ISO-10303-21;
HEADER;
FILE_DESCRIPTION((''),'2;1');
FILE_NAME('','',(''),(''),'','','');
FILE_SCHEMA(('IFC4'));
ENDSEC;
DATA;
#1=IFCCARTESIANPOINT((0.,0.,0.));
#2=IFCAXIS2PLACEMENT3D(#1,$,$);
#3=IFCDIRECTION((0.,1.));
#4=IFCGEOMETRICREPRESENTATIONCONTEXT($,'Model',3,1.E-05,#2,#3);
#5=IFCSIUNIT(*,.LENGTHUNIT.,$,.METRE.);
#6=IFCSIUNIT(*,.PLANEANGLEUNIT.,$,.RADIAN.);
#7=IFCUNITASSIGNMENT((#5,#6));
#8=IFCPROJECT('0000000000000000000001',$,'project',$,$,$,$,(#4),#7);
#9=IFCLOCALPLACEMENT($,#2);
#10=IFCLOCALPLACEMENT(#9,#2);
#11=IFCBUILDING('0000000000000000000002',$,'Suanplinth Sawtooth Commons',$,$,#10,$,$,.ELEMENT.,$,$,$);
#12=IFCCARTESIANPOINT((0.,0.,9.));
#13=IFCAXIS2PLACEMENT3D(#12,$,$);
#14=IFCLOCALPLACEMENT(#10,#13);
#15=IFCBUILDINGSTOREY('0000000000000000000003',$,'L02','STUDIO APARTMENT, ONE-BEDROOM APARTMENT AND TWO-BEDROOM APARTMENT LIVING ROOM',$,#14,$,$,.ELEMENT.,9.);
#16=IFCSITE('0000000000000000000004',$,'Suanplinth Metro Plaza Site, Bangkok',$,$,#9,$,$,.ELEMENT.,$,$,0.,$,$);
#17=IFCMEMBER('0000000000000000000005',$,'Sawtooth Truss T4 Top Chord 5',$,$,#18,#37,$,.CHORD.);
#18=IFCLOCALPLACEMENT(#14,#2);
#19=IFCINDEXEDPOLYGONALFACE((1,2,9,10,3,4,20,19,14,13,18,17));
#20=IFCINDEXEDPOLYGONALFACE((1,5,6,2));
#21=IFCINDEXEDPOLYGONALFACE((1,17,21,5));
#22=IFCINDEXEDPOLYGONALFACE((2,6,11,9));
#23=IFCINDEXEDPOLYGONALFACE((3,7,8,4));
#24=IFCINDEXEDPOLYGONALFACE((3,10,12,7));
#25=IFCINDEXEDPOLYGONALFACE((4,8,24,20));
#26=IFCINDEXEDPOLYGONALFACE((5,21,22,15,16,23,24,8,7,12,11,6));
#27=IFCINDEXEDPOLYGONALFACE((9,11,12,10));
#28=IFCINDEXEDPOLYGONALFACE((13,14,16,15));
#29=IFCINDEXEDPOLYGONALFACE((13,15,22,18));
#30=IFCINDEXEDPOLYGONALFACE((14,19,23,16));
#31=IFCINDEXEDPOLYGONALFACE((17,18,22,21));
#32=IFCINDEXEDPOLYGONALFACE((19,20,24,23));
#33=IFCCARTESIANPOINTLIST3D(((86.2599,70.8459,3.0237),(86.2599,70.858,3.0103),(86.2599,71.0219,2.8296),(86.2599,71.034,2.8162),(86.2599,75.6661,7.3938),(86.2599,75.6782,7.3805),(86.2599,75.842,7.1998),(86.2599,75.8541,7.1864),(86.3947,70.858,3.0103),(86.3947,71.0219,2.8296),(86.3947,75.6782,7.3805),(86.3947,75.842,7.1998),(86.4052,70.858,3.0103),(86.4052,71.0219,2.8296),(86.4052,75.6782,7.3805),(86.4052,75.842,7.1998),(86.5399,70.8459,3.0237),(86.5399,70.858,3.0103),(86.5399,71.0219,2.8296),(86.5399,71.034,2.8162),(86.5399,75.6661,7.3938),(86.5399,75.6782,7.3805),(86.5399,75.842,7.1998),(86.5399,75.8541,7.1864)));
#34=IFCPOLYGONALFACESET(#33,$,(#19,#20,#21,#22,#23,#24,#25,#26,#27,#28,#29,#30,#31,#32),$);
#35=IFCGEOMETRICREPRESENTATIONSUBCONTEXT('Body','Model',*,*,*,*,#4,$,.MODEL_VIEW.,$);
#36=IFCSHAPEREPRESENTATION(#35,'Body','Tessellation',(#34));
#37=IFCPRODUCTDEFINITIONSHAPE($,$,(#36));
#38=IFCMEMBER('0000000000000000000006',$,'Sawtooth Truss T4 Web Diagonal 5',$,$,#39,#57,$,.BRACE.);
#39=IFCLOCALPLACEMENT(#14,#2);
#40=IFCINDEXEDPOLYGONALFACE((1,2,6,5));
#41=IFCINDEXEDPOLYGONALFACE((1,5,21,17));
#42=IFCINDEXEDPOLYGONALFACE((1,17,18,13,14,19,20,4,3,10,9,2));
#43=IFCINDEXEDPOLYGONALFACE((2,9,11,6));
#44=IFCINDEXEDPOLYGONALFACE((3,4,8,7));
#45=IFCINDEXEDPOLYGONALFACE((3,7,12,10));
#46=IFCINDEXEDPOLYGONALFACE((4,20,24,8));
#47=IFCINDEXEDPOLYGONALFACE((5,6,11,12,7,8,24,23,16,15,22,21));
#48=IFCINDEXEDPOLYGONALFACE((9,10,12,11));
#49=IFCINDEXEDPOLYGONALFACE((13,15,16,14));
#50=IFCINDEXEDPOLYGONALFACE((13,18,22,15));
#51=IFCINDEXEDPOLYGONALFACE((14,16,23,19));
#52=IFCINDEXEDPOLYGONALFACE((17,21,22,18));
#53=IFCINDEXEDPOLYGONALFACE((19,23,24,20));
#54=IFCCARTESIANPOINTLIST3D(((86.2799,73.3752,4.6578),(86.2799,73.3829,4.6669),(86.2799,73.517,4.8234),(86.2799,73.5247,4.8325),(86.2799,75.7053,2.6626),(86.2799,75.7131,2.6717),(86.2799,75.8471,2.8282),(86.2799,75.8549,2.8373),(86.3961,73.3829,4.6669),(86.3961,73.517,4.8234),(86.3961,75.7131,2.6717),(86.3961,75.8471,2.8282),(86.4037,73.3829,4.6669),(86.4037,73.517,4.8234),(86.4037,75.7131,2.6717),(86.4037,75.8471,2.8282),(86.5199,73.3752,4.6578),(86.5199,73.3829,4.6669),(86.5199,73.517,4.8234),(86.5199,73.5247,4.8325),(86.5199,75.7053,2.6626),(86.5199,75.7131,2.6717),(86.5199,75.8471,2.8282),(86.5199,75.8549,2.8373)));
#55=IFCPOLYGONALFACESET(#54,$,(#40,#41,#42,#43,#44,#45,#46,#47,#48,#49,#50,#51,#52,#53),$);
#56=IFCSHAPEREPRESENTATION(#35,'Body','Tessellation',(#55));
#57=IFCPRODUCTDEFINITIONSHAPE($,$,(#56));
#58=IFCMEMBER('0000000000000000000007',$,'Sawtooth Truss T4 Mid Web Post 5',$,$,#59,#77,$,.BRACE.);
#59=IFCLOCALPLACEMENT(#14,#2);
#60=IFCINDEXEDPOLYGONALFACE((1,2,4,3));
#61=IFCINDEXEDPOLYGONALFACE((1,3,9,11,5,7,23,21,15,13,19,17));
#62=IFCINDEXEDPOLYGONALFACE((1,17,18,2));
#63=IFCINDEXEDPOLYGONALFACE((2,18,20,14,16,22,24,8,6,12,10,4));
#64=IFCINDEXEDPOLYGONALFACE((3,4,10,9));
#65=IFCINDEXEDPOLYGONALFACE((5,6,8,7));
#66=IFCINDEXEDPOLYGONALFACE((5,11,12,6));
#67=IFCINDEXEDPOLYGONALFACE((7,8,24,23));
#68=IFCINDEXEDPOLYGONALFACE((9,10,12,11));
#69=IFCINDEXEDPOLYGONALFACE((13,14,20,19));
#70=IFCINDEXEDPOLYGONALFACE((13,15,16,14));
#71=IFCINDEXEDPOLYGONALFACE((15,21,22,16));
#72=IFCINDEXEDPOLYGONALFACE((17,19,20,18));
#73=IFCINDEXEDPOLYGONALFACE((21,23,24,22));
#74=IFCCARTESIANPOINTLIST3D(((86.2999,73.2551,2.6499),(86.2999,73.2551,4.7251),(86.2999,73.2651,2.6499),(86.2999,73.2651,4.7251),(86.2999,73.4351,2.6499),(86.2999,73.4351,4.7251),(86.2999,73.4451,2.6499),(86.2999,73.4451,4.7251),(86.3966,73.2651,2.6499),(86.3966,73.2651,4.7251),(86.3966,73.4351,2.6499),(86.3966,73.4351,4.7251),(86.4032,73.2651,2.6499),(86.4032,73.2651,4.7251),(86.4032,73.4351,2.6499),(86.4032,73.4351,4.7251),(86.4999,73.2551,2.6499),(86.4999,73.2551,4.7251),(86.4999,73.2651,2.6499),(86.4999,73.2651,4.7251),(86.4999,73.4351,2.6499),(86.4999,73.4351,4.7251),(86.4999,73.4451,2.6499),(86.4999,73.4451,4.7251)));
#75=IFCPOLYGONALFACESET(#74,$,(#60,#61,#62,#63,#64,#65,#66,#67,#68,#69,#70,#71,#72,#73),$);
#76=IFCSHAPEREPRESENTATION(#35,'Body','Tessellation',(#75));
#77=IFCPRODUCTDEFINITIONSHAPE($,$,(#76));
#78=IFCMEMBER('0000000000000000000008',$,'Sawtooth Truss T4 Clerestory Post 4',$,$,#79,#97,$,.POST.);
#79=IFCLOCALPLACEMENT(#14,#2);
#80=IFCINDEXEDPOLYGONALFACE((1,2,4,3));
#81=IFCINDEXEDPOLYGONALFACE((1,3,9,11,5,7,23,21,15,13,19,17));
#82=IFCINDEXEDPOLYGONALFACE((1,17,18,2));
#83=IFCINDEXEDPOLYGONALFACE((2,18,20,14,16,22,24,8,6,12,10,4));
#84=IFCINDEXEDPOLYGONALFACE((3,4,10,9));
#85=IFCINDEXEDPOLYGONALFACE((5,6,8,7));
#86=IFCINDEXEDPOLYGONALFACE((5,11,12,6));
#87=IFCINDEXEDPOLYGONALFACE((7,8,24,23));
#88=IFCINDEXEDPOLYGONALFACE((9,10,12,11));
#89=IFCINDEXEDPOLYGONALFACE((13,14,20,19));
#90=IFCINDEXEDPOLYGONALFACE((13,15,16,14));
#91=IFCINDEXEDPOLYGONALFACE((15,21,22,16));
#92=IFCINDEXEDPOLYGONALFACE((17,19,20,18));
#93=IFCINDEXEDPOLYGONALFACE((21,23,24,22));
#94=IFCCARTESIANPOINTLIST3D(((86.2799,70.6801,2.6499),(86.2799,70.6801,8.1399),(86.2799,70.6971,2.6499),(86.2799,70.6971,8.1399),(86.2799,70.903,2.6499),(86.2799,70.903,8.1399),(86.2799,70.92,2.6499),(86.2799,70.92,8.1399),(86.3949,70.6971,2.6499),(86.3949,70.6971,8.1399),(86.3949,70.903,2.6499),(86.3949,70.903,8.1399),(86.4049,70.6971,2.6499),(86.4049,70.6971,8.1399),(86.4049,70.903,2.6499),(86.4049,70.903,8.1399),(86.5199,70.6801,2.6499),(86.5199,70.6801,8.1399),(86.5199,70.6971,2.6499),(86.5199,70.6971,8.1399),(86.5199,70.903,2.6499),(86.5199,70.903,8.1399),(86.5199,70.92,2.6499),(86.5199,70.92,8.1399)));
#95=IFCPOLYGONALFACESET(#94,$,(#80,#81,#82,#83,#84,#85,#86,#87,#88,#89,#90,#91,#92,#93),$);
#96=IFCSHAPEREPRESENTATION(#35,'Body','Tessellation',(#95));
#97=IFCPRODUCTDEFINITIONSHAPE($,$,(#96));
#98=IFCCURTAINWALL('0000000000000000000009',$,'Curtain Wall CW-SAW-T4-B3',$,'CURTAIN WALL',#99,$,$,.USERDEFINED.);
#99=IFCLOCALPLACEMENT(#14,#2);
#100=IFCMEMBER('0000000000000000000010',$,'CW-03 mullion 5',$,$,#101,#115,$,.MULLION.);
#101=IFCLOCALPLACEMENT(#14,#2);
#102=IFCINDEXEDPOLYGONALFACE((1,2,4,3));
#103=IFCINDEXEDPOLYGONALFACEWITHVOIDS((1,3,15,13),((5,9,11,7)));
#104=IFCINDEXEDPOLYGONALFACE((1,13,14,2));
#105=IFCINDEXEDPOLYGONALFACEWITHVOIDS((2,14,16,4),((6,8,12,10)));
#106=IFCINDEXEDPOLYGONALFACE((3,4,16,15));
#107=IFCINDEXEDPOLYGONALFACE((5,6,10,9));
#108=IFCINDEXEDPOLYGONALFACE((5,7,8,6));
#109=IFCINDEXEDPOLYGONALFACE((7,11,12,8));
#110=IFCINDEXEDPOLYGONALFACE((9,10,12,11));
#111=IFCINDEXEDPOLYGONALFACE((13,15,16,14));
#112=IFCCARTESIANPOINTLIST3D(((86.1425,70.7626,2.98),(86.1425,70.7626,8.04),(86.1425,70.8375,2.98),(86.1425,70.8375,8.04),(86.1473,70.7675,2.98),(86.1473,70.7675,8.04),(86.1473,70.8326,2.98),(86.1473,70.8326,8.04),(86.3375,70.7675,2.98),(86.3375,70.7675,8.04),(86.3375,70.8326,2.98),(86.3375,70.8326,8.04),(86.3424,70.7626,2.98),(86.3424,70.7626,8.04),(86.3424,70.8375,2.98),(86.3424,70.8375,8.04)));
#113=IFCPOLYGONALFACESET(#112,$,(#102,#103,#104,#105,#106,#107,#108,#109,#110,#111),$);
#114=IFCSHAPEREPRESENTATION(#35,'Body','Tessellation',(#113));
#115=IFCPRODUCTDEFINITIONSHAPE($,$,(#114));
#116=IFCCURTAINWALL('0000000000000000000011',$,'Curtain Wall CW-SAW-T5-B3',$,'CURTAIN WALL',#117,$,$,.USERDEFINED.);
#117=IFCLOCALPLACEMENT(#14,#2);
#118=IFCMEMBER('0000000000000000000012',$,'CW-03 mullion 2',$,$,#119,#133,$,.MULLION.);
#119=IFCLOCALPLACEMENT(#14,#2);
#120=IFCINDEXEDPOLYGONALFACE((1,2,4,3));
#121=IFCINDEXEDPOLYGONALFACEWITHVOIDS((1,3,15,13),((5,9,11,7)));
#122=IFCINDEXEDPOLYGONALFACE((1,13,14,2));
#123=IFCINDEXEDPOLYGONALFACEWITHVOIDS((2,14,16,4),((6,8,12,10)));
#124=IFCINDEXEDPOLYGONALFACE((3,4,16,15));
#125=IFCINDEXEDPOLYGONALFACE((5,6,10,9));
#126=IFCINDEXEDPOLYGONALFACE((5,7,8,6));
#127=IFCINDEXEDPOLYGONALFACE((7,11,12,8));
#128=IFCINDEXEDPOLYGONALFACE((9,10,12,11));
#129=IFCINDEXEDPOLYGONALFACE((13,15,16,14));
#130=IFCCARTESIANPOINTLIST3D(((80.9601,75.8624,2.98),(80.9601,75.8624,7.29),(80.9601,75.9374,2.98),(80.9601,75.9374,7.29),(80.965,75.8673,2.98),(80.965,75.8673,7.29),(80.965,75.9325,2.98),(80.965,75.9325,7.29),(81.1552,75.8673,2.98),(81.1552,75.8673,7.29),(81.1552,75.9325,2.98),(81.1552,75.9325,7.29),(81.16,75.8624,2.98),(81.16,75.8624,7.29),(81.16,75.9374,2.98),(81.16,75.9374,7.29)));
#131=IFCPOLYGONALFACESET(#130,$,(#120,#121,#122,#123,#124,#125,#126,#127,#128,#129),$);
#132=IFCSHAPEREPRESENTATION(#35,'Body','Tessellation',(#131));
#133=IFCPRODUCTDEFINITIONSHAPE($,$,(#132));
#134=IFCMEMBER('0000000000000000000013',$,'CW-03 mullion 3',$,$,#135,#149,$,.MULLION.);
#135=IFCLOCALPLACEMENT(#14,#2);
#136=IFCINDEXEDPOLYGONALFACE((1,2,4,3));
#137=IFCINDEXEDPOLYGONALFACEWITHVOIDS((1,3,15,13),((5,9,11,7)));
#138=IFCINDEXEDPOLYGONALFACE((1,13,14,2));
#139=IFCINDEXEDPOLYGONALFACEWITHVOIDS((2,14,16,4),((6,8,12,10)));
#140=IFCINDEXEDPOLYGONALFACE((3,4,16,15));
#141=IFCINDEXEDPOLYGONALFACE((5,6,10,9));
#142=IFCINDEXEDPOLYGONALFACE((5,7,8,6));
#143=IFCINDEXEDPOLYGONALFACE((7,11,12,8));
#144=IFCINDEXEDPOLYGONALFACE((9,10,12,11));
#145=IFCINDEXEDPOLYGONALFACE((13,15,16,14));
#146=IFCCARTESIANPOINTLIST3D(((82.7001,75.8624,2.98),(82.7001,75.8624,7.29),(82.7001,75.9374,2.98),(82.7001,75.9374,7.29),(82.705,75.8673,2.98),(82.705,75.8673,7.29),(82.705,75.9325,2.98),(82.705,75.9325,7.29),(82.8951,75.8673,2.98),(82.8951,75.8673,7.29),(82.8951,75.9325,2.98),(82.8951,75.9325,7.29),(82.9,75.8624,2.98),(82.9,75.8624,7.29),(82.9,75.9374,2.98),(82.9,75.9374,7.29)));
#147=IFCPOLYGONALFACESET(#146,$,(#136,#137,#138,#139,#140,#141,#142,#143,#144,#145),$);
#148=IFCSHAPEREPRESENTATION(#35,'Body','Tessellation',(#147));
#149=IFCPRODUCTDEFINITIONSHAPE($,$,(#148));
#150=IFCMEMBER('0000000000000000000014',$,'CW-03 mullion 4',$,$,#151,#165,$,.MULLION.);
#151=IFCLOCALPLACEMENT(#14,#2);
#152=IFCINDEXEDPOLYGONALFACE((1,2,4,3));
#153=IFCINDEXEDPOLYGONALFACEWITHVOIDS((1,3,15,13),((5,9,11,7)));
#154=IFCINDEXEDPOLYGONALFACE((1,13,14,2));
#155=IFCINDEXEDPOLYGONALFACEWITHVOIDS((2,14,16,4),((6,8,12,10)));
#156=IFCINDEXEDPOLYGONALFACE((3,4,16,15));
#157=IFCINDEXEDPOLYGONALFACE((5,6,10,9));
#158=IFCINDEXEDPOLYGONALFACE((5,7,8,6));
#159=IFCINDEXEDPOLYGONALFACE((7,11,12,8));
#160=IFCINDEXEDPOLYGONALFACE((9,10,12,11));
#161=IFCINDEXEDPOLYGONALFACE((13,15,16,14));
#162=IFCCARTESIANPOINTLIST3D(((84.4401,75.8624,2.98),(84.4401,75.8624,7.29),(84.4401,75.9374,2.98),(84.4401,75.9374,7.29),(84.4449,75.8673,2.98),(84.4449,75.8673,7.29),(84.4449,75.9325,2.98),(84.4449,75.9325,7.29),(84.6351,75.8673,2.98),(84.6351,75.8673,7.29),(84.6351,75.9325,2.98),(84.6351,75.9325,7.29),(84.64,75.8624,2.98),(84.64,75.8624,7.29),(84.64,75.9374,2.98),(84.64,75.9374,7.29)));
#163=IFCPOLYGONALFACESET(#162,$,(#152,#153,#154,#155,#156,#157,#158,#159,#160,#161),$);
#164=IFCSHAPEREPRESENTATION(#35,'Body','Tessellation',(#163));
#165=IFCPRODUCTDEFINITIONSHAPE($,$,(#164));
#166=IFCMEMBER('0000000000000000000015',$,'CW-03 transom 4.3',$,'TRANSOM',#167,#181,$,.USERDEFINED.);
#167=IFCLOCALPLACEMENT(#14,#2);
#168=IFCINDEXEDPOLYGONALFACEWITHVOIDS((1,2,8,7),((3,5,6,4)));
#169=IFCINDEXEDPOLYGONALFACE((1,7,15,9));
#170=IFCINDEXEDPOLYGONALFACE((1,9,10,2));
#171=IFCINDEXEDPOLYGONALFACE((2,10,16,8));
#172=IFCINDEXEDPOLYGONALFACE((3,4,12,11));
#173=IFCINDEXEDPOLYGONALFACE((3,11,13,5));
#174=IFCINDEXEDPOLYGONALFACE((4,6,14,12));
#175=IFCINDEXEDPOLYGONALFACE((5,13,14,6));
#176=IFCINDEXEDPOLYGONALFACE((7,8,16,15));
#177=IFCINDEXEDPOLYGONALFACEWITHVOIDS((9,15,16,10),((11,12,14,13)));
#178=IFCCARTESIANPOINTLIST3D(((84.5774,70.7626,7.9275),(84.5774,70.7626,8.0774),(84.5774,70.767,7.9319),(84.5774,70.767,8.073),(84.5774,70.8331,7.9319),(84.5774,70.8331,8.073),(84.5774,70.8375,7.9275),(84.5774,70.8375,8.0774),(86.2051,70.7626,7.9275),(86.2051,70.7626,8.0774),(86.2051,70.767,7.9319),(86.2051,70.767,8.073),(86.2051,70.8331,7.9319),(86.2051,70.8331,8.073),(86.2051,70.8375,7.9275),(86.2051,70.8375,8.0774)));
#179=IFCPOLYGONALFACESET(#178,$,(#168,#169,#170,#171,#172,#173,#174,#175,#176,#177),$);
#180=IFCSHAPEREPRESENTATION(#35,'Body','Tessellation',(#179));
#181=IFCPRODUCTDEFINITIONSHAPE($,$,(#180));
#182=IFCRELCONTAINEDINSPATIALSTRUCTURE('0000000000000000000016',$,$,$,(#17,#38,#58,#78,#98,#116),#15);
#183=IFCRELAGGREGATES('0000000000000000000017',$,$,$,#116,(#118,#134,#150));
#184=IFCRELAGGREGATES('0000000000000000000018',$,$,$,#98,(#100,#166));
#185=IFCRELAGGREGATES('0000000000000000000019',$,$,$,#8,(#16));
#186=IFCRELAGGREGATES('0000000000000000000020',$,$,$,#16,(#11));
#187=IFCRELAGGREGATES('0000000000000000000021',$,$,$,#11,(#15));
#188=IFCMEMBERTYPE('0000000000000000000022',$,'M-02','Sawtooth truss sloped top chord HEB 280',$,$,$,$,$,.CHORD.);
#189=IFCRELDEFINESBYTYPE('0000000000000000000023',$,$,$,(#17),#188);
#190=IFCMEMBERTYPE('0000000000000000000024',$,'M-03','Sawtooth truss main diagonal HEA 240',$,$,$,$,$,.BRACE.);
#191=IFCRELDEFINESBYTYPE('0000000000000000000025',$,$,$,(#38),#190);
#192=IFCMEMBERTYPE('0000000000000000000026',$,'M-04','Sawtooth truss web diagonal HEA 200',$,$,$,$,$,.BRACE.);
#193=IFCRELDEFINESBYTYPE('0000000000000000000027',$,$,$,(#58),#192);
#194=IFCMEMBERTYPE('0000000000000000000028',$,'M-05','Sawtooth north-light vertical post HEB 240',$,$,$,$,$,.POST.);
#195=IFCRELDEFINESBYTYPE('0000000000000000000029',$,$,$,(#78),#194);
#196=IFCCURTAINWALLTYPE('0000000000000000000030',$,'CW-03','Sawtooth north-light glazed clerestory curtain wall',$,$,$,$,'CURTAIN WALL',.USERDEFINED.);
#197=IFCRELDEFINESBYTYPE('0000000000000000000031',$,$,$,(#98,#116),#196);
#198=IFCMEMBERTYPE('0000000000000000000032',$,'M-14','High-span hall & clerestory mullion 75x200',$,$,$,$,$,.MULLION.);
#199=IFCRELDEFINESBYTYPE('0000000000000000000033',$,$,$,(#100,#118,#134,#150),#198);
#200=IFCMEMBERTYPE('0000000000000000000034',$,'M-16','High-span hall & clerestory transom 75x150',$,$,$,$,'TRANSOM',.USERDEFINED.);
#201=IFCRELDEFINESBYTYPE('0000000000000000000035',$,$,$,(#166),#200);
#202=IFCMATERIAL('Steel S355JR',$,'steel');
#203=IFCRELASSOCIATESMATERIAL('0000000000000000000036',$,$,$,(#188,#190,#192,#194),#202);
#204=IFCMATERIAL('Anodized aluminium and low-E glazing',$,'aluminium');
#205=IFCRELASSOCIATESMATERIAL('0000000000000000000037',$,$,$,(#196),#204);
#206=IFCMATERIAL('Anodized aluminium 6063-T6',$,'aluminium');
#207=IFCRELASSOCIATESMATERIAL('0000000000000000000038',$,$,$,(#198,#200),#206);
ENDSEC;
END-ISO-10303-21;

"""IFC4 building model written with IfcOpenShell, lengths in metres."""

from ifc_helpers import new_model, si_unit, direction, frame, origin, origin_2d, place, context, subcontext, project, spatial, hollow_rectangle, i_section, extrude, material, material_profile, profile_set, type_object, element, aggregate, save


model = new_model("IFC4")

# Units and contexts
model_context = context("Model", 3, precision=1e-05, world=origin(), true_north=direction((0.0, 1.0)))
body_context = subcontext(model_context, "Body", "Model", "MODEL_VIEW")
ifc_project = project(units=[si_unit("LENGTHUNIT", "METRE"), si_unit("PLANEANGLEUNIT", "RADIAN")], contexts=[model_context])

# Site, building, storey
site_placement = place(None, origin())
site = spatial("IfcSite", under=ifc_project, at=site_placement, Name="Suanplinth Metro Plaza Site, Bangkok", CompositionType="ELEMENT", RefElevation=0.0)
building_placement = place(site_placement, origin())
building = spatial("IfcBuilding", under=site, at=building_placement, Name="Suanplinth Sawtooth Commons", CompositionType="ELEMENT")
storey_placement = place(building_placement, frame((0.0, 0.0, 9.0)))
storey = spatial("IfcBuildingStorey", under=building, at=storey_placement, Name="L02", Description="STUDIO APARTMENT, ONE-BEDROOM APARTMENT AND TWO-BEDROOM APARTMENT LIVING ROOM", CompositionType="ELEMENT", Elevation=9.0)

# Members
ifc_material_1 = material(Name="Steel S355JR", Category="steel")
ifc_material_profile_1 = material_profile(ifc_material_1, i_section(OverallWidth=0.28, OverallDepth=0.28, WebThickness=0.0105, FlangeThickness=0.0181, at=origin_2d()), Name="HEB 280")
ifc_profile_set_1 = profile_set([ifc_material_profile_1], Name="Steel S355JR")
member_type_1 = type_object("IfcMemberType", Name="M-02", Description="Sawtooth truss sloped top chord HEB 280", PredefinedType="CHORD", material=ifc_profile_set_1)
member_1_placement = place(storey_placement, frame((86.3999, 70.9399, 2.9199), z_axis=(0.0, 0.740839, 0.671682), x_axis=(-1.0, 0.0, 0.0)))
element("IfcMember", 1, at=member_1_placement, inside=storey, type_object=member_type_1, Name="Sawtooth Truss T4 Top Chord 5", PredefinedType="CHORD", context=body_context, shape_type="SweptSolid", body=[
    extrude(i_section(OverallWidth=0.28, OverallDepth=0.28, WebThickness=0.0105, FlangeThickness=0.0181, at=origin_2d()), origin(), (0.0, 0.0, 1.0), 6.5063),
])
ifc_material_profile_2 = material_profile(ifc_material_1, i_section(OverallWidth=0.24, OverallDepth=0.23, WebThickness=0.0076, FlangeThickness=0.012, at=origin_2d()), Name="HEA 240")
ifc_profile_set_2 = profile_set([ifc_material_profile_2], Name="Steel S355JR")
member_type_2 = type_object("IfcMemberType", Name="M-03", Description="Sawtooth truss main diagonal HEA 240", PredefinedType="BRACE", material=ifc_profile_set_2)
member_2_placement = place(storey_placement, frame((86.3999, 73.45, 4.7451), z_axis=(0.0, 0.759594, -0.650398), x_axis=(-1.0, 0.0, 0.0)))
element("IfcMember", 2, at=member_2_placement, inside=storey, type_object=member_type_2, Name="Sawtooth Truss T4 Web Diagonal 5", PredefinedType="BRACE", context=body_context, shape_type="SweptSolid", body=[
    extrude(i_section(OverallWidth=0.24, OverallDepth=0.23, WebThickness=0.0076, FlangeThickness=0.012, at=origin_2d()), origin(), (0.0, 0.0, 1.0), 3.0676),
])
ifc_material_profile_3 = material_profile(ifc_material_1, i_section(OverallWidth=0.2, OverallDepth=0.1899, WebThickness=0.0066, FlangeThickness=0.01, at=origin_2d()), Name="HEA 200")
ifc_profile_set_3 = profile_set([ifc_material_profile_3], Name="Steel S355JR")
member_type_3 = type_object("IfcMemberType", Name="M-04", Description="Sawtooth truss web diagonal HEA 200", PredefinedType="BRACE", material=ifc_profile_set_3)
member_3_placement = place(storey_placement, frame((86.3999, 73.3501, 2.6499), z_axis=(0.0, 0.0, 1.0), x_axis=(1.0, 0.0, 0.0)))
element("IfcMember", 3, at=member_3_placement, inside=storey, type_object=member_type_3, Name="Sawtooth Truss T4 Mid Web Post 5", PredefinedType="BRACE", context=body_context, shape_type="SweptSolid", body=[
    extrude(i_section(OverallWidth=0.2, OverallDepth=0.1899, WebThickness=0.0066, FlangeThickness=0.01, at=origin_2d()), origin(), (0.0, 0.0, 1.0), 2.0752),
])
ifc_material_profile_4 = material_profile(ifc_material_1, i_section(OverallWidth=0.24, OverallDepth=0.24, WebThickness=0.01, FlangeThickness=0.0171, at=origin_2d()), Name="HEB 240")
ifc_profile_set_4 = profile_set([ifc_material_profile_4], Name="Steel S355JR")
member_type_4 = type_object("IfcMemberType", Name="M-05", Description="Sawtooth north-light vertical post HEB 240", PredefinedType="POST", material=ifc_profile_set_4)
member_4_placement = place(storey_placement, frame((86.3999, 70.8, 2.6499), z_axis=(0.0, 0.0, 1.0), x_axis=(1.0, 0.0, 0.0)))
element("IfcMember", 4, at=member_4_placement, inside=storey, type_object=member_type_4, Name="Sawtooth Truss T4 Clerestory Post 4", PredefinedType="POST", context=body_context, shape_type="SweptSolid", body=[
    extrude(i_section(OverallWidth=0.24, OverallDepth=0.24, WebThickness=0.01, FlangeThickness=0.0171, at=origin_2d()), origin(), (0.0, 0.0, 1.0), 5.49),
])

# Curtain wall, member
ifc_material_2 = material(Name="Anodized aluminium and low-E glazing", Category="aluminium")
curtain_wall_type = type_object("IfcCurtainWallType", Name="CW-03", Description="Sawtooth north-light glazed clerestory curtain wall", ElementType="CURTAIN WALL", PredefinedType="USERDEFINED", material=ifc_material_2)
curtain_wall_1_placement = place(storey_placement, origin())
curtain_wall_1 = element("IfcCurtainWall", 5, at=curtain_wall_1_placement, inside=storey, type_object=curtain_wall_type, Name="Curtain Wall CW-SAW-T4-B3", ObjectType="CURTAIN WALL", PredefinedType="USERDEFINED")
ifc_material_3 = material(Name="Anodized aluminium 6063-T6", Category="aluminium")
ifc_material_profile_5 = material_profile(ifc_material_3, hollow_rectangle(XDim=0.075, YDim=0.2, WallThickness=0.0049, at=origin_2d()), Name="ALU-MUL 75x200")
ifc_profile_set_5 = profile_set([ifc_material_profile_5], Name="Anodized aluminium 6063-T6")
member_type_5 = type_object("IfcMemberType", Name="M-14", Description="High-span hall & clerestory mullion 75x200", PredefinedType="MULLION", material=ifc_profile_set_5)
member_5_placement = place(storey_placement, frame((86.2424, 70.8, 2.98), z_axis=(0.0, 0.0, 1.0), x_axis=(0.0, 1.0, 0.0)))
member_5 = element("IfcMember", 6, at=member_5_placement, type_object=member_type_5, Name="CW-03 mullion 5", PredefinedType="MULLION", context=body_context, shape_type="SweptSolid", body=[
    extrude(hollow_rectangle(XDim=0.075, YDim=0.2, WallThickness=0.0049, at=origin_2d()), origin(), (0.0, 0.0, 1.0), 5.0601),
])

# Curtain wall, members
curtain_wall_2_placement = place(storey_placement, origin())
curtain_wall_2 = element("IfcCurtainWall", 7, at=curtain_wall_2_placement, inside=storey, type_object=curtain_wall_type, Name="Curtain Wall CW-SAW-T5-B3", ObjectType="CURTAIN WALL", PredefinedType="USERDEFINED")
member_6_placement = place(storey_placement, frame((81.0601, 75.8999, 2.98), z_axis=(0.0, 0.0, 1.0), x_axis=(0.0, 1.0, 0.0)))
member_6 = element("IfcMember", 8, at=member_6_placement, type_object=member_type_5, Name="CW-03 mullion 2", PredefinedType="MULLION", context=body_context, shape_type="SweptSolid", body=[
    extrude(hollow_rectangle(XDim=0.075, YDim=0.2, WallThickness=0.0049, at=origin_2d()), origin(), (0.0, 0.0, 1.0), 4.3101),
])
member_7_placement = place(storey_placement, frame((82.8, 75.8999, 2.98), z_axis=(0.0, 0.0, 1.0), x_axis=(0.0, 1.0, 0.0)))
member_7 = element("IfcMember", 9, at=member_7_placement, type_object=member_type_5, Name="CW-03 mullion 3", PredefinedType="MULLION", context=body_context, shape_type="SweptSolid", body=[
    extrude(hollow_rectangle(XDim=0.075, YDim=0.2, WallThickness=0.0049, at=origin_2d()), origin(), (0.0, 0.0, 1.0), 4.3101),
])
member_8_placement = place(storey_placement, frame((84.54, 75.8999, 2.98), z_axis=(0.0, 0.0, 1.0), x_axis=(0.0, 1.0, 0.0)))
member_8 = element("IfcMember", 10, at=member_8_placement, type_object=member_type_5, Name="CW-03 mullion 4", PredefinedType="MULLION", context=body_context, shape_type="SweptSolid", body=[
    extrude(hollow_rectangle(XDim=0.075, YDim=0.2, WallThickness=0.0049, at=origin_2d()), origin(), (0.0, 0.0, 1.0), 4.3101),
])

# Member
ifc_material_profile_6 = material_profile(ifc_material_3, hollow_rectangle(XDim=0.075, YDim=0.1499, WallThickness=0.0044, at=origin_2d()), Name="ALU-TRN 75x150")
ifc_profile_set_6 = profile_set([ifc_material_profile_6], Name="Anodized aluminium 6063-T6")
member_type_6 = type_object("IfcMemberType", Name="M-16", Description="High-span hall & clerestory transom 75x150", ElementType="TRANSOM", PredefinedType="USERDEFINED", material=ifc_profile_set_6)
member_9_placement = place(storey_placement, frame((84.5774, 70.8, 8.0024), z_axis=(1.0, 0.0, 0.0), x_axis=(0.0, 1.0, 0.0)))
member_9 = element("IfcMember", 11, at=member_9_placement, type_object=member_type_6, Name="CW-03 transom 4.3", ObjectType="TRANSOM", PredefinedType="USERDEFINED", context=body_context, shape_type="SweptSolid", body=[
    extrude(hollow_rectangle(XDim=0.075, YDim=0.1499, WallThickness=0.0044, at=origin_2d()), origin(), (0.0, 0.0, 1.0), 1.6277),
])

aggregate(curtain_wall_2, [member_6, member_7, member_8])
aggregate(curtain_wall_1, [member_5, member_9])

save(model, "model.ifc")
